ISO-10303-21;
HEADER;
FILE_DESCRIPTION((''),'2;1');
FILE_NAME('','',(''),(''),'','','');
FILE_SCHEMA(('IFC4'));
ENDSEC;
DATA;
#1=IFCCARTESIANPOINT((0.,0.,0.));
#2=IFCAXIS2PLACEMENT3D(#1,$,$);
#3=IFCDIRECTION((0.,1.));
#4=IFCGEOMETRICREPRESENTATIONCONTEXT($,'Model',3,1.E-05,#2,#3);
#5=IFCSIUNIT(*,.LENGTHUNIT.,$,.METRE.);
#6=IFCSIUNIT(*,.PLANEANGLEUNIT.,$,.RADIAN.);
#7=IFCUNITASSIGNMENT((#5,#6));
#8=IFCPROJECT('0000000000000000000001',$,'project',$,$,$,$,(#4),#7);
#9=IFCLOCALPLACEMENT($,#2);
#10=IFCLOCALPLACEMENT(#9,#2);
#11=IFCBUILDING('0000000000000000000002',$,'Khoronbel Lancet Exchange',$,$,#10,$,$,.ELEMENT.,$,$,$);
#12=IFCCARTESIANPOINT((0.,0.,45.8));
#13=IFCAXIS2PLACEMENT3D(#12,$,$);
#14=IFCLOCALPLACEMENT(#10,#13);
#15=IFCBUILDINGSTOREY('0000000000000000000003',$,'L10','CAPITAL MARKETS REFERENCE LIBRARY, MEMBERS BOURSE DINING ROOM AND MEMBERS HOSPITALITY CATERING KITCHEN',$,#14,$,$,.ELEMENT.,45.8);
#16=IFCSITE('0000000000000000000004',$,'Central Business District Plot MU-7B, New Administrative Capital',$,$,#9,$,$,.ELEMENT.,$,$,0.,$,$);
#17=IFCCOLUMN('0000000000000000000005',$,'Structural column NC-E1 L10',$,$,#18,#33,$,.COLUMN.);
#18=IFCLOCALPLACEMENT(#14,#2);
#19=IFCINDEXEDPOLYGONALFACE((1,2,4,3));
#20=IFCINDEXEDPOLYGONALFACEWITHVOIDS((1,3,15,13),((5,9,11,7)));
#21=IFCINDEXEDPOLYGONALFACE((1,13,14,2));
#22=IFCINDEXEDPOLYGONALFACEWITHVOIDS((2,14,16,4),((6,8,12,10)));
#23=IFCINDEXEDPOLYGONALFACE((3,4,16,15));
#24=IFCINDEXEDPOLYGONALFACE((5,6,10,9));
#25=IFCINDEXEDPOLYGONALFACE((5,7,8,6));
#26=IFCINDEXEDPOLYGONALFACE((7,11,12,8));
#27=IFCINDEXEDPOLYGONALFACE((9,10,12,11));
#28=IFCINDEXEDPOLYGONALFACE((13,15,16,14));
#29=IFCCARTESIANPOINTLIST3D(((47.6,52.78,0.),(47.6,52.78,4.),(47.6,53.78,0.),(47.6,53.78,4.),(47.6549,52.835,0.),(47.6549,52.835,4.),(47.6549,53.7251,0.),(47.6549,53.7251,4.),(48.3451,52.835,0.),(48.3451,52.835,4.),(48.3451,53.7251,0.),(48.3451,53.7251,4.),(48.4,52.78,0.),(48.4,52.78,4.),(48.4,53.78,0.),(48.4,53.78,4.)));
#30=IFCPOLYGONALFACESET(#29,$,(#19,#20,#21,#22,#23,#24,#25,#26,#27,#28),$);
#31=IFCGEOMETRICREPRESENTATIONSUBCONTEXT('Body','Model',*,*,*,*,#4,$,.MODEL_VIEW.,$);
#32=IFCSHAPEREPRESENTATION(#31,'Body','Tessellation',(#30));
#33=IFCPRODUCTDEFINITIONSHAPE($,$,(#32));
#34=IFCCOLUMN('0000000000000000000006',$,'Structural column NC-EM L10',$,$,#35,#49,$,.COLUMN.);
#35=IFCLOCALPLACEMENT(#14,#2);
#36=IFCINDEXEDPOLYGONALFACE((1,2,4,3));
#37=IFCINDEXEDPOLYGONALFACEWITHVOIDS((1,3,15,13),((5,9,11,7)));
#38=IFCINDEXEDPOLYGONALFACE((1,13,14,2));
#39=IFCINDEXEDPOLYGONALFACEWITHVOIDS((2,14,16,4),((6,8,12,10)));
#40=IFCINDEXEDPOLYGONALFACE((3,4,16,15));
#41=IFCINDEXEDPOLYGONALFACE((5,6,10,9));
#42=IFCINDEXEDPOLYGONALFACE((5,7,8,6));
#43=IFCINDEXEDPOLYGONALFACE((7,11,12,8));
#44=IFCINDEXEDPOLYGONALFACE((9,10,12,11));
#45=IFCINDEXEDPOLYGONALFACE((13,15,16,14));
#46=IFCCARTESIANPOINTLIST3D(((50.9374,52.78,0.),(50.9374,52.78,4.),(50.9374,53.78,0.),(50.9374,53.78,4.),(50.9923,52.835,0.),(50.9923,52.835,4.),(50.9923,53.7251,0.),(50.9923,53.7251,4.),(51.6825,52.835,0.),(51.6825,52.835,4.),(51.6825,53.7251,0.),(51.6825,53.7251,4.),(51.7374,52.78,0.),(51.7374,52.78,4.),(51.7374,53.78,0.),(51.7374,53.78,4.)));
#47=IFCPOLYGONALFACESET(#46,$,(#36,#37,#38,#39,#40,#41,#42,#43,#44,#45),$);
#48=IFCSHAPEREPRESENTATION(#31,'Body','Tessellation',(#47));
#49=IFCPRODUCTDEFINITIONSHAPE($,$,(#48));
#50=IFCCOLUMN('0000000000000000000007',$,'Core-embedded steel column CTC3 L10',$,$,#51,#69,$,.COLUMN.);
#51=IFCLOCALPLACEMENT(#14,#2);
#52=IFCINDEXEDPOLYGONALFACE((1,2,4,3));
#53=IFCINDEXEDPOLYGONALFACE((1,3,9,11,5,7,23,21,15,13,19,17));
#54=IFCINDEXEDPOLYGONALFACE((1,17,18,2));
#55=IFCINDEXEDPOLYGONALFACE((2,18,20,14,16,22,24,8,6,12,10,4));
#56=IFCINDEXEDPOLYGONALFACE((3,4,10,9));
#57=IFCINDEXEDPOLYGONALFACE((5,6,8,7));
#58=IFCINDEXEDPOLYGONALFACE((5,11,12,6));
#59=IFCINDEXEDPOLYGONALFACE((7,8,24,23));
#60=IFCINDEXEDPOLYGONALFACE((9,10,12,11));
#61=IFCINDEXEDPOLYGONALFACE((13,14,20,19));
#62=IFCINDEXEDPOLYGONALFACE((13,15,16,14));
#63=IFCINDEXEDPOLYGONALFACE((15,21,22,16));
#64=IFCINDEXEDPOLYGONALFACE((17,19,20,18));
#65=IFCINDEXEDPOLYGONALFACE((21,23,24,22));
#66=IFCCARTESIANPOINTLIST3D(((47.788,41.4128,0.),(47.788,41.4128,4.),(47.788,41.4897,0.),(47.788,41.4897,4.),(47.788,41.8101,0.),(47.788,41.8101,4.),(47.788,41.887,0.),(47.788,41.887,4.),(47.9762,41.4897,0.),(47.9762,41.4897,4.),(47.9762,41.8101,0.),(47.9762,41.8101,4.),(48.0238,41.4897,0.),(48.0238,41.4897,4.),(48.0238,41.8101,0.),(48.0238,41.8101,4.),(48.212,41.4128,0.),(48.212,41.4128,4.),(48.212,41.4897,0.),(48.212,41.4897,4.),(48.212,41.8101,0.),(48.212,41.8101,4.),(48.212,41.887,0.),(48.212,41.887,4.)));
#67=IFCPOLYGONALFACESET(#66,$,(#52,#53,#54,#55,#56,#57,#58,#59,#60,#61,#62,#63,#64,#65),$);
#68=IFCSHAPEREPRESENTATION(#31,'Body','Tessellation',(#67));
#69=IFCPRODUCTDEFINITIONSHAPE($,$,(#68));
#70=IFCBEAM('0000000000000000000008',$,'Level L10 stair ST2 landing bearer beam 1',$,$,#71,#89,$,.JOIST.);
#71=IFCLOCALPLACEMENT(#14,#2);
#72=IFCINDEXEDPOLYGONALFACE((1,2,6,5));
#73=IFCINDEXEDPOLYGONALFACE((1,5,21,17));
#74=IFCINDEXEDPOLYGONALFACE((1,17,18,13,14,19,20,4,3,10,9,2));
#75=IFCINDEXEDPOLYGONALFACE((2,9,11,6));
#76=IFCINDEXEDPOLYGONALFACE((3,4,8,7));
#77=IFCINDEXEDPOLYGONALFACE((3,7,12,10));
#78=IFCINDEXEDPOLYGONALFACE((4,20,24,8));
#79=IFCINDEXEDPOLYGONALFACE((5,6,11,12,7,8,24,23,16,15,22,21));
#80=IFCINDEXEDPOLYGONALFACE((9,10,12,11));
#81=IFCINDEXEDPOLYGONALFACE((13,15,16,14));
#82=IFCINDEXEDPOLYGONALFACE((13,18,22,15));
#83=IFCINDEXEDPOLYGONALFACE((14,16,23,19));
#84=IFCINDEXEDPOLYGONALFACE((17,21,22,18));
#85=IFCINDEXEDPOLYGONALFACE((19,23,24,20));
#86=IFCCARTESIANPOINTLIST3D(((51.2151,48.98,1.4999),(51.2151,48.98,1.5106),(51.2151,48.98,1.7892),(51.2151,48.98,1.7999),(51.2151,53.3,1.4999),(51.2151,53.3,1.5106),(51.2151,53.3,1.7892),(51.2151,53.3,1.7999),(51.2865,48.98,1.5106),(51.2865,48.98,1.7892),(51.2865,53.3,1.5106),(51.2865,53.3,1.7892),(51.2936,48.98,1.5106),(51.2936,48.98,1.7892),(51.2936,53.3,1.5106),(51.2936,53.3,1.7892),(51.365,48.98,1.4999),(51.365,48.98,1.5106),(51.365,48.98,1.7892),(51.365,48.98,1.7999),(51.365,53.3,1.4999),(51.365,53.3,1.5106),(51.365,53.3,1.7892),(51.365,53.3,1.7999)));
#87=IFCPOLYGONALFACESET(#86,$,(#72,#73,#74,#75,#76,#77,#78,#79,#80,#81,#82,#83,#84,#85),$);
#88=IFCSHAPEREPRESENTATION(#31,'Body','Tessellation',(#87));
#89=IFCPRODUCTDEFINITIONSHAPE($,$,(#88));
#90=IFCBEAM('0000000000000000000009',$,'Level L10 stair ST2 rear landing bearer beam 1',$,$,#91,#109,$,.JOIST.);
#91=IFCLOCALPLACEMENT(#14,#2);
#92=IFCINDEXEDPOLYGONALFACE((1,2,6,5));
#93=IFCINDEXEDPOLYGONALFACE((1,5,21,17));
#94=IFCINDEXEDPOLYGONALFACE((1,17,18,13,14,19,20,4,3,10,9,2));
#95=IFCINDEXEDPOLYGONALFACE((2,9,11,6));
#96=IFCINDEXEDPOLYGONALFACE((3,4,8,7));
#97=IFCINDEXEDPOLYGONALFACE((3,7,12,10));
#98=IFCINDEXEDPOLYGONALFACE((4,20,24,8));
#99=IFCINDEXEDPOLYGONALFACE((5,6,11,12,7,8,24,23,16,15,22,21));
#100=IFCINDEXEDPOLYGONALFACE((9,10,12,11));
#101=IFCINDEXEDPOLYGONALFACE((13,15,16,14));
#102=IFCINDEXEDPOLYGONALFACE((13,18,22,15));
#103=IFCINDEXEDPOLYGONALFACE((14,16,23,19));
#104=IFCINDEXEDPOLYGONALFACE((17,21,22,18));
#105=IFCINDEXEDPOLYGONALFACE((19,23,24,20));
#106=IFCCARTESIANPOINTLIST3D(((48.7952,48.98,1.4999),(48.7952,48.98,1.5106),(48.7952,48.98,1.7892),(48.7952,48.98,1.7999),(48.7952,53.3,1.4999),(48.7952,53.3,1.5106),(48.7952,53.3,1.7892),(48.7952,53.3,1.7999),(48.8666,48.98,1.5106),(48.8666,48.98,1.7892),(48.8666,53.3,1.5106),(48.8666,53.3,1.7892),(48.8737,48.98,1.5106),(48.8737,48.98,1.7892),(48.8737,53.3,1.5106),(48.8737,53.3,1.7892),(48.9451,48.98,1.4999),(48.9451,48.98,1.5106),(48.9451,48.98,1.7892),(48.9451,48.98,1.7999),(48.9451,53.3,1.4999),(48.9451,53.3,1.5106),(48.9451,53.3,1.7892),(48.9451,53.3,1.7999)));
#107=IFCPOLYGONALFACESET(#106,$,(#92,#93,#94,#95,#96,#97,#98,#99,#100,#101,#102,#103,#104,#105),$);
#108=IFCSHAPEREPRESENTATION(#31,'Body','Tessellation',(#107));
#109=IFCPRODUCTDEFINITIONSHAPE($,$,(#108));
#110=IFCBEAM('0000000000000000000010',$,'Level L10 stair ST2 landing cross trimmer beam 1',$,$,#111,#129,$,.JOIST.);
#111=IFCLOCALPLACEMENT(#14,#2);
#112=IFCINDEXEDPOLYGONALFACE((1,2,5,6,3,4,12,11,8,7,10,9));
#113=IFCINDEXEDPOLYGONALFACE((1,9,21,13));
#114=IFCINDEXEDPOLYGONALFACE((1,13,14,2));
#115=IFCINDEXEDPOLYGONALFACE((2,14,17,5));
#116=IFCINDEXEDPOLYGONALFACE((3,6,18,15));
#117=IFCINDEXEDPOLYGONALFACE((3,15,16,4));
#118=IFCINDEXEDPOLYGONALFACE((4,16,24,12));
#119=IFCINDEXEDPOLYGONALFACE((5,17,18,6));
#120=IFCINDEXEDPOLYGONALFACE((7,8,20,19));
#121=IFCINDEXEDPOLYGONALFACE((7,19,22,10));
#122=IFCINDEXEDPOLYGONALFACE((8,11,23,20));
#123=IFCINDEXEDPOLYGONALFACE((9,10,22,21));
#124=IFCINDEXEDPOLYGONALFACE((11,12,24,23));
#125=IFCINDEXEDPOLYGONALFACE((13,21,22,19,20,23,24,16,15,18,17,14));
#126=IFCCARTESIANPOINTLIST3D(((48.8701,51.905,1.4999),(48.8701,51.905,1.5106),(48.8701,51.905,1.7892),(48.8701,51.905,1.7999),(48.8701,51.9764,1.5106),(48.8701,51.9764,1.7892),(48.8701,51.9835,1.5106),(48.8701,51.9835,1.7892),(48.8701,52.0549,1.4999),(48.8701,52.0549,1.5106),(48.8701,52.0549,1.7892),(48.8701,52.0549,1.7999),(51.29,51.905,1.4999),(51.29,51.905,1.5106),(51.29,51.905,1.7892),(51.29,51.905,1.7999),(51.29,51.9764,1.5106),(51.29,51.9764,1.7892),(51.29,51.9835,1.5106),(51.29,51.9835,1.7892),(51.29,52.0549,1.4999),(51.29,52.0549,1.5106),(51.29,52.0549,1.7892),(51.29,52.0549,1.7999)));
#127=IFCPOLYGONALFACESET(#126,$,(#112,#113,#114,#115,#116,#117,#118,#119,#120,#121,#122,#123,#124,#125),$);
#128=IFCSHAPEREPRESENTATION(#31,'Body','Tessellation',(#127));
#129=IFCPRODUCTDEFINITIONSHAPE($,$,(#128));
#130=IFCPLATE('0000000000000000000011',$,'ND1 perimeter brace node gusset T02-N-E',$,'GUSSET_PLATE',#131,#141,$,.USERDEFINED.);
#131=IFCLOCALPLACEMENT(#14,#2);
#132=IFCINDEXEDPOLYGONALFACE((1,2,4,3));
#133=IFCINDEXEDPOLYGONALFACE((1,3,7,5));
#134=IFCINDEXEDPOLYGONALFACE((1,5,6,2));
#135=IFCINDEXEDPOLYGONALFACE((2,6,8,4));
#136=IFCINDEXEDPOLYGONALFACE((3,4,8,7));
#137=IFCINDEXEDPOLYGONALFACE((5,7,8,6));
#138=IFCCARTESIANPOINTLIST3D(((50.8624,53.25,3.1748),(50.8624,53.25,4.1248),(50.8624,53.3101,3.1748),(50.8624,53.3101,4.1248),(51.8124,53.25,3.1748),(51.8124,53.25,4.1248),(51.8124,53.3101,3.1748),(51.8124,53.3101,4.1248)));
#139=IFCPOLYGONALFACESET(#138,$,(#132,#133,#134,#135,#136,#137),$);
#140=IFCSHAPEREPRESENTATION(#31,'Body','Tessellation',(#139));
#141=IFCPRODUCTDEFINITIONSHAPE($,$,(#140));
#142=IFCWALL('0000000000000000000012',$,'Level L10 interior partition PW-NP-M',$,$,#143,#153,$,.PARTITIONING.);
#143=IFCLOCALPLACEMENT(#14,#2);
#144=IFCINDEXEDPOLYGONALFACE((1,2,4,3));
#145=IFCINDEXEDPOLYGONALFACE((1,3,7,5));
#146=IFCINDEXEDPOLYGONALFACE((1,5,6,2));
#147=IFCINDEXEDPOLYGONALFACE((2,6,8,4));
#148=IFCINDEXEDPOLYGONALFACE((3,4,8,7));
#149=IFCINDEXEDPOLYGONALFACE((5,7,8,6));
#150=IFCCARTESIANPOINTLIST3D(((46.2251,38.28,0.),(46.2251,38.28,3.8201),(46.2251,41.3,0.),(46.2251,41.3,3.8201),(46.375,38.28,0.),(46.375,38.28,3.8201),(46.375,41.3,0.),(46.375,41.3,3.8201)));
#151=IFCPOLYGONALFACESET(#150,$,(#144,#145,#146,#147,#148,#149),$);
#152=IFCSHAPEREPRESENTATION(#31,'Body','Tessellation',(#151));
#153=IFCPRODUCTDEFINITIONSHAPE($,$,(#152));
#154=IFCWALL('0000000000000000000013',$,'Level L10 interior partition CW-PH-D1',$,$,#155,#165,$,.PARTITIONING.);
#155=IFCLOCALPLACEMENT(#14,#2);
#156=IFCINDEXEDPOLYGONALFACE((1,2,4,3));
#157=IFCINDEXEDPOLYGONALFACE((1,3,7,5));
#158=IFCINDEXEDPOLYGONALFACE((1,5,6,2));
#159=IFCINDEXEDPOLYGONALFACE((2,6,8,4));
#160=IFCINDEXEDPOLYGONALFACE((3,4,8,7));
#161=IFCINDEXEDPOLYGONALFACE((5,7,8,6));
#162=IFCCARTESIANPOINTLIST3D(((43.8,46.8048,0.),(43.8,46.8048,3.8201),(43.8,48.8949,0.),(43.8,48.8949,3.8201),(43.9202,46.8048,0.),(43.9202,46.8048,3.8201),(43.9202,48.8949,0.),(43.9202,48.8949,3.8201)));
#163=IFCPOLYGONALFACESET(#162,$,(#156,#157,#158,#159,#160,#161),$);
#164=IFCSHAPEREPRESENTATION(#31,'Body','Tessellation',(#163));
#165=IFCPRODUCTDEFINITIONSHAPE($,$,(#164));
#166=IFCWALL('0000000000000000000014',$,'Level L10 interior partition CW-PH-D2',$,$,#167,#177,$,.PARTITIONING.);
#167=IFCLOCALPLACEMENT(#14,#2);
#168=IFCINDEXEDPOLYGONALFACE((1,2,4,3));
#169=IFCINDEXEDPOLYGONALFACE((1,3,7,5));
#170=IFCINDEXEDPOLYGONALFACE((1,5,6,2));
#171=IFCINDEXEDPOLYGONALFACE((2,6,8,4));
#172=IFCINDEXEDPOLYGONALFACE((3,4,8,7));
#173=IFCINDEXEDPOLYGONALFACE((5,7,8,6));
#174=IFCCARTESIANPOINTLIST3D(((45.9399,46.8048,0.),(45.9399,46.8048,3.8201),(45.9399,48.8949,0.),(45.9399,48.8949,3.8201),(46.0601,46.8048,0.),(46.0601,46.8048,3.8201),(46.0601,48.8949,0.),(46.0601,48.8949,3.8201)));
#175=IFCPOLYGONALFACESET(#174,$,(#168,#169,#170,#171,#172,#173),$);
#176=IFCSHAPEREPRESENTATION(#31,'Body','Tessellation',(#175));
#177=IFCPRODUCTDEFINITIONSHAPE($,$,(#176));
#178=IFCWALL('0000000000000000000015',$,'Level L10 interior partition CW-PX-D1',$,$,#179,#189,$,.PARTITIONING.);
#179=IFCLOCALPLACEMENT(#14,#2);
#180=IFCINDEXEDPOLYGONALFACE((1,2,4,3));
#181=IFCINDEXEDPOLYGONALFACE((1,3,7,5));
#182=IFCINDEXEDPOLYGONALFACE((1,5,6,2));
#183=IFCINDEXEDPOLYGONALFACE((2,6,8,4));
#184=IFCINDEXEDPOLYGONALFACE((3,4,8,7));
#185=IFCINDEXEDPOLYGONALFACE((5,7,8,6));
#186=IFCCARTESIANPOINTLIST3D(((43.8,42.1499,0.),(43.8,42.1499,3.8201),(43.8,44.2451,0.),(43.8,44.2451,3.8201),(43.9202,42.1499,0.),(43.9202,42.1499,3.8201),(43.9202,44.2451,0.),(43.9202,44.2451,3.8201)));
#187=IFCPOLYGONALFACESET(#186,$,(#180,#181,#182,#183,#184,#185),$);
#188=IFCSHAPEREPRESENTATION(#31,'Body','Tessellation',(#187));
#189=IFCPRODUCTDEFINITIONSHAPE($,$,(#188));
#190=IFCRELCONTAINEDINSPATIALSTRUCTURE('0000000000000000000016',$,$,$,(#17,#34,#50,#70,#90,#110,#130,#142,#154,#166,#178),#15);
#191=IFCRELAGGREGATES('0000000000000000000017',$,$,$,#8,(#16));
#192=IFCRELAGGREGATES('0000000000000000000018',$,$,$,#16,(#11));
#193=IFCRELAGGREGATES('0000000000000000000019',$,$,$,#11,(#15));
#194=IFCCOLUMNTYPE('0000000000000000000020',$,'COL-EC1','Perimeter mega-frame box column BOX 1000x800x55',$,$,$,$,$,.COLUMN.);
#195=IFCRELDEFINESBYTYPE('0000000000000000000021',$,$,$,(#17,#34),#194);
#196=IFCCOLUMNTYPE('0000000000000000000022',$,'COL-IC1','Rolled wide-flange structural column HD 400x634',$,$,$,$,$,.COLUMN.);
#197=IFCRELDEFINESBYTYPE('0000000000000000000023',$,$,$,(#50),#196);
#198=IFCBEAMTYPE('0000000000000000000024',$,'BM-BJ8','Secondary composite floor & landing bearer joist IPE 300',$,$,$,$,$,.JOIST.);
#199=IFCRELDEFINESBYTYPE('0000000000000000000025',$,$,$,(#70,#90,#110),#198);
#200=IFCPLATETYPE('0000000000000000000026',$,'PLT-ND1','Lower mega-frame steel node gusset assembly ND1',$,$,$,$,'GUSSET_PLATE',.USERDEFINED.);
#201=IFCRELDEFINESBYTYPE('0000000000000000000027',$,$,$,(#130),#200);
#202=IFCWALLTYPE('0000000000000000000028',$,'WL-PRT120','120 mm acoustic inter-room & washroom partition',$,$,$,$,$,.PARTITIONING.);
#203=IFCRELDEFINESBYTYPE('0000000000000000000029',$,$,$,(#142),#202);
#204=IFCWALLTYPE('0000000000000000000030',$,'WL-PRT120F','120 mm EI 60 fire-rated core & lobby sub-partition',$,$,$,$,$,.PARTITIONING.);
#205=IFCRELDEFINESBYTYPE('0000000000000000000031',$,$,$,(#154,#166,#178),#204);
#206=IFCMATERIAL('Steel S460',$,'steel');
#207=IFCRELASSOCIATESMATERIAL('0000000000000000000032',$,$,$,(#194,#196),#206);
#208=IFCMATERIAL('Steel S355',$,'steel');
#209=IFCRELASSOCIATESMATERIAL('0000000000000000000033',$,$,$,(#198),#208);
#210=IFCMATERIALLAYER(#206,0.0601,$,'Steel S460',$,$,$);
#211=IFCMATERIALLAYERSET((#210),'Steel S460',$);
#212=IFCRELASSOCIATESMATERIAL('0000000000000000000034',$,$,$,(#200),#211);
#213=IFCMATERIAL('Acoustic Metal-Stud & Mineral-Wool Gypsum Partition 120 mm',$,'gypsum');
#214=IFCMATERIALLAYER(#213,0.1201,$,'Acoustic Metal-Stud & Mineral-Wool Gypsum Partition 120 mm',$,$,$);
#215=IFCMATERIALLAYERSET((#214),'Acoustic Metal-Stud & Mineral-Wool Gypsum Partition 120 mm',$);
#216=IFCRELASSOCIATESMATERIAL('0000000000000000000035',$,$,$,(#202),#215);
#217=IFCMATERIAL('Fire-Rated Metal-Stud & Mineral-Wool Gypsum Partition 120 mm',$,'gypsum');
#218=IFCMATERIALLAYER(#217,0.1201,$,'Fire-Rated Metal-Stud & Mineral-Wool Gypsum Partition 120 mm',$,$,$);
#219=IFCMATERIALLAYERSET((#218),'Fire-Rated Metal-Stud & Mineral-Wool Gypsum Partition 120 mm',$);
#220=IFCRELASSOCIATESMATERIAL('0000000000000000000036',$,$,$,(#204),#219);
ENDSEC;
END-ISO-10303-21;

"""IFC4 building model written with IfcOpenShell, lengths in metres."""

from ifc_helpers import new_model, si_unit, direction, frame, frame_2d, origin, origin_2d, place, context, subcontext, project, spatial, rectangle, hollow_rectangle, i_section, extrude, material, layer, layer_set, material_profile, profile_set, type_object, element, save


model = new_model("IFC4")

# Units and contexts
model_context = context("Model", 3, precision=1e-05, world=origin(), true_north=direction((0.0, 1.0)))
body_context = subcontext(model_context, "Body", "Model", "MODEL_VIEW")
ifc_project = project(units=[si_unit("LENGTHUNIT", "METRE"), si_unit("PLANEANGLEUNIT", "RADIAN")], contexts=[model_context])

# Site, building, storey
site_placement = place(None, origin())
site = spatial("IfcSite", under=ifc_project, at=site_placement, Name="Central Business District Plot MU-7B, New Administrative Capital", CompositionType="ELEMENT", RefElevation=0.0)
building_placement = place(site_placement, origin())
building = spatial("IfcBuilding", under=site, at=building_placement, Name="Khoronbel Lancet Exchange", CompositionType="ELEMENT")
storey_placement = place(building_placement, frame((0.0, 0.0, 45.8)))
storey = spatial("IfcBuildingStorey", under=building, at=storey_placement, Name="L10", Description="CAPITAL MARKETS REFERENCE LIBRARY, MEMBERS BOURSE DINING ROOM AND MEMBERS HOSPITALITY CATERING KITCHEN", CompositionType="ELEMENT", Elevation=45.8)

# Columns
ifc_material_1 = material(Name="Steel S460", Category="steel")
ifc_material_profile_1 = material_profile(ifc_material_1, hollow_rectangle(XDim=0.8, YDim=1.0, WallThickness=0.0549, at=origin_2d()), Name="BOX 1000x800x55")
ifc_profile_set_1 = profile_set([ifc_material_profile_1], Name="Steel S460")
column_type_1 = type_object("IfcColumnType", Name="COL-EC1", Description="Perimeter mega-frame box column BOX 1000x800x55", PredefinedType="COLUMN", material=ifc_profile_set_1)
for number, where, z_axis, x_axis, name in (
    (1, (48.0, 53.28, 0.0), (0.0, 0.0, 1.0), (1.0, 0.0, 0.0), "Structural column NC-E1 L10"),
    (2, (51.3374, 53.28, 0.0), (0.0, 0.0, 1.0), (1.0, 0.0, 0.0), "Structural column NC-EM L10"),
):
    element("IfcColumn", number, at=place(storey_placement, frame(where, z_axis=z_axis, x_axis=x_axis)), inside=storey, type_object=column_type_1, Name=name, PredefinedType="COLUMN", context=body_context, shape_type="SweptSolid", body=[
        extrude(hollow_rectangle(XDim=0.8, YDim=1.0, WallThickness=0.0549, at=origin_2d()), origin(), (0.0, 0.0, 1.0), 4.0),
    ])
ifc_material_profile_2 = material_profile(ifc_material_1, i_section(OverallWidth=0.4241, OverallDepth=0.4741, WebThickness=0.0476, FlangeThickness=0.0769, at=origin_2d()), Name="HD 400x634")
ifc_profile_set_2 = profile_set([ifc_material_profile_2], Name="Steel S460")
column_type_2 = type_object("IfcColumnType", Name="COL-IC1", Description="Rolled wide-flange structural column HD 400x634", PredefinedType="COLUMN", material=ifc_profile_set_2)
column_placement = place(storey_placement, frame((48.0, 41.6499, 0.0), z_axis=(0.0, 0.0, 1.0), x_axis=(1.0, 0.0, 0.0)))
element("IfcColumn", 3, at=column_placement, inside=storey, type_object=column_type_2, Name="Core-embedded steel column CTC3 L10", PredefinedType="COLUMN", context=body_context, shape_type="SweptSolid", body=[
    extrude(i_section(OverallWidth=0.4241, OverallDepth=0.4741, WebThickness=0.0476, FlangeThickness=0.0769, at=origin_2d()), origin(), (0.0, 0.0, 1.0), 4.0),
])

# Beams
ifc_material_2 = material(Name="Steel S355", Category="steel")
ifc_material_profile_3 = material_profile(ifc_material_2, i_section(OverallWidth=0.1499, OverallDepth=0.3, WebThickness=0.0071, FlangeThickness=0.0107, at=origin_2d()), Name="IPE 300")
ifc_profile_set_3 = profile_set([ifc_material_profile_3], Name="Steel S355")
beam_type = type_object("IfcBeamType", Name="BM-BJ8", Description="Secondary composite floor & landing bearer joist IPE 300", PredefinedType="JOIST", material=ifc_profile_set_3)
for number, where, z_axis, x_axis, name in (
    (4, (51.29, 48.98, 1.6499), (0.0, 1.0, 0.0), (-1.0, 0.0, 0.0), "Level L10 stair ST2 landing bearer beam 1"),
    (5, (48.8701, 48.98, 1.6499), (0.0, 1.0, 0.0), (-1.0, 0.0, 0.0), "Level L10 stair ST2 rear landing bearer beam 1"),
):
    element("IfcBeam", number, at=place(storey_placement, frame(where, z_axis=z_axis, x_axis=x_axis)), inside=storey, type_object=beam_type, Name=name, PredefinedType="JOIST", context=body_context, shape_type="SweptSolid", body=[
        extrude(i_section(OverallWidth=0.1499, OverallDepth=0.3, WebThickness=0.0071, FlangeThickness=0.0107, at=origin_2d()), origin(), (0.0, 0.0, 1.0), 4.3201),
    ])
beam_placement = place(storey_placement, frame((48.8701, 51.98, 1.6499), z_axis=(1.0, 0.0, 0.0), x_axis=(0.0, 1.0, 0.0)))
element("IfcBeam", 6, at=beam_placement, inside=storey, type_object=beam_type, Name="Level L10 stair ST2 landing cross trimmer beam 1", PredefinedType="JOIST", context=body_context, shape_type="SweptSolid", body=[
    extrude(i_section(OverallWidth=0.1499, OverallDepth=0.3, WebThickness=0.0071, FlangeThickness=0.0107, at=origin_2d()), origin(), (0.0, 0.0, 1.0), 2.4199),
])

# Plate
ifc_layer_1 = layer(ifc_material_1, 0.0601, Name="Steel S460")
ifc_layer_set_1 = layer_set([ifc_layer_1], Name="Steel S460")
plate_type = type_object("IfcPlateType", Name="PLT-ND1", Description="Lower mega-frame steel node gusset assembly ND1", ElementType="GUSSET_PLATE", PredefinedType="USERDEFINED", material=ifc_layer_set_1)
plate_placement = place(storey_placement, frame((51.3374, 53.28, 3.1748), z_axis=(0.0, 0.0, 1.0), x_axis=(1.0, 0.0, 0.0)))
element("IfcPlate", 7, at=plate_placement, inside=storey, type_object=plate_type, Name="ND1 perimeter brace node gusset T02-N-E", ObjectType="GUSSET_PLATE", PredefinedType="USERDEFINED", context=body_context, shape_type="SweptSolid", body=[
    extrude(rectangle(XDim=0.95, YDim=0.0601, at=origin_2d()), origin(), (0.0, 0.0, 1.0), 0.95),
])

# Walls
ifc_material_3 = material(Name="Acoustic Metal-Stud & Mineral-Wool Gypsum Partition 120 mm", Category="gypsum")
ifc_layer_2 = layer(ifc_material_3, 0.1201, Name="Acoustic Metal-Stud & Mineral-Wool Gypsum Partition 120 mm")
ifc_layer_set_2 = layer_set([ifc_layer_2], Name="Acoustic Metal-Stud & Mineral-Wool Gypsum Partition 120 mm")
wall_type_1 = type_object("IfcWallType", Name="WL-PRT120", Description="120 mm acoustic inter-room & washroom partition", PredefinedType="PARTITIONING", material=ifc_layer_set_2)
wall_1_placement = place(storey_placement, frame((46.3, 38.28, 0.0), z_axis=(0.0, 0.0, 1.0), x_axis=(0.0, 1.0, 0.0)))
element("IfcWall", 8, at=wall_1_placement, inside=storey, type_object=wall_type_1, Name="Level L10 interior partition PW-NP-M", PredefinedType="PARTITIONING", context=body_context, shape_type="SweptSolid", body=[
    extrude(rectangle(XDim=3.02, YDim=0.1499, at=frame_2d((1.51, 0.0))), origin(), (0.0, 0.0, 1.0), 3.8201),
])
ifc_material_4 = material(Name="Fire-Rated Metal-Stud & Mineral-Wool Gypsum Partition 120 mm", Category="gypsum")
ifc_layer_3 = layer(ifc_material_4, 0.1201, Name="Fire-Rated Metal-Stud & Mineral-Wool Gypsum Partition 120 mm")
ifc_layer_set_3 = layer_set([ifc_layer_3], Name="Fire-Rated Metal-Stud & Mineral-Wool Gypsum Partition 120 mm")
wall_type_2 = type_object("IfcWallType", Name="WL-PRT120F", Description="120 mm EI 60 fire-rated core & lobby sub-partition", PredefinedType="PARTITIONING", material=ifc_layer_set_3)
for number, where, z_axis, x_axis, name in (
    (9, (43.8601, 46.8049, 0.0), (0.0, 0.0, 1.0), (0.0, 1.0, 0.0), "Level L10 interior partition CW-PH-D1"),
    (10, (46.0, 46.8049, 0.0), (0.0, 0.0, 1.0), (0.0, 1.0, 0.0), "Level L10 interior partition CW-PH-D2"),
):
    element("IfcWall", number, at=place(storey_placement, frame(where, z_axis=z_axis, x_axis=x_axis)), inside=storey, type_object=wall_type_2, Name=name, PredefinedType="PARTITIONING", context=body_context, shape_type="SweptSolid", body=[
        extrude(rectangle(XDim=2.0901, YDim=0.1201, at=frame_2d((1.0449, 0.0))), origin(), (0.0, 0.0, 1.0), 3.8201),
    ])
for number, where, z_axis, x_axis, name in (
    (11, (43.8601, 42.1499, 0.0), (0.0, 0.0, 1.0), (0.0, 1.0, 0.0), "Level L10 interior partition CW-PX-D1"),
):
    element("IfcWall", number, at=place(storey_placement, frame(where, z_axis=z_axis, x_axis=x_axis)), inside=storey, type_object=wall_type_2, Name=name, PredefinedType="PARTITIONING", context=body_context, shape_type="SweptSolid", body=[
        extrude(rectangle(XDim=2.0952, YDim=0.1201, at=frame_2d((1.0476, 0.0))), origin(), (0.0, 0.0, 1.0), 3.8201),
    ])

save(model, "model.ifc")
